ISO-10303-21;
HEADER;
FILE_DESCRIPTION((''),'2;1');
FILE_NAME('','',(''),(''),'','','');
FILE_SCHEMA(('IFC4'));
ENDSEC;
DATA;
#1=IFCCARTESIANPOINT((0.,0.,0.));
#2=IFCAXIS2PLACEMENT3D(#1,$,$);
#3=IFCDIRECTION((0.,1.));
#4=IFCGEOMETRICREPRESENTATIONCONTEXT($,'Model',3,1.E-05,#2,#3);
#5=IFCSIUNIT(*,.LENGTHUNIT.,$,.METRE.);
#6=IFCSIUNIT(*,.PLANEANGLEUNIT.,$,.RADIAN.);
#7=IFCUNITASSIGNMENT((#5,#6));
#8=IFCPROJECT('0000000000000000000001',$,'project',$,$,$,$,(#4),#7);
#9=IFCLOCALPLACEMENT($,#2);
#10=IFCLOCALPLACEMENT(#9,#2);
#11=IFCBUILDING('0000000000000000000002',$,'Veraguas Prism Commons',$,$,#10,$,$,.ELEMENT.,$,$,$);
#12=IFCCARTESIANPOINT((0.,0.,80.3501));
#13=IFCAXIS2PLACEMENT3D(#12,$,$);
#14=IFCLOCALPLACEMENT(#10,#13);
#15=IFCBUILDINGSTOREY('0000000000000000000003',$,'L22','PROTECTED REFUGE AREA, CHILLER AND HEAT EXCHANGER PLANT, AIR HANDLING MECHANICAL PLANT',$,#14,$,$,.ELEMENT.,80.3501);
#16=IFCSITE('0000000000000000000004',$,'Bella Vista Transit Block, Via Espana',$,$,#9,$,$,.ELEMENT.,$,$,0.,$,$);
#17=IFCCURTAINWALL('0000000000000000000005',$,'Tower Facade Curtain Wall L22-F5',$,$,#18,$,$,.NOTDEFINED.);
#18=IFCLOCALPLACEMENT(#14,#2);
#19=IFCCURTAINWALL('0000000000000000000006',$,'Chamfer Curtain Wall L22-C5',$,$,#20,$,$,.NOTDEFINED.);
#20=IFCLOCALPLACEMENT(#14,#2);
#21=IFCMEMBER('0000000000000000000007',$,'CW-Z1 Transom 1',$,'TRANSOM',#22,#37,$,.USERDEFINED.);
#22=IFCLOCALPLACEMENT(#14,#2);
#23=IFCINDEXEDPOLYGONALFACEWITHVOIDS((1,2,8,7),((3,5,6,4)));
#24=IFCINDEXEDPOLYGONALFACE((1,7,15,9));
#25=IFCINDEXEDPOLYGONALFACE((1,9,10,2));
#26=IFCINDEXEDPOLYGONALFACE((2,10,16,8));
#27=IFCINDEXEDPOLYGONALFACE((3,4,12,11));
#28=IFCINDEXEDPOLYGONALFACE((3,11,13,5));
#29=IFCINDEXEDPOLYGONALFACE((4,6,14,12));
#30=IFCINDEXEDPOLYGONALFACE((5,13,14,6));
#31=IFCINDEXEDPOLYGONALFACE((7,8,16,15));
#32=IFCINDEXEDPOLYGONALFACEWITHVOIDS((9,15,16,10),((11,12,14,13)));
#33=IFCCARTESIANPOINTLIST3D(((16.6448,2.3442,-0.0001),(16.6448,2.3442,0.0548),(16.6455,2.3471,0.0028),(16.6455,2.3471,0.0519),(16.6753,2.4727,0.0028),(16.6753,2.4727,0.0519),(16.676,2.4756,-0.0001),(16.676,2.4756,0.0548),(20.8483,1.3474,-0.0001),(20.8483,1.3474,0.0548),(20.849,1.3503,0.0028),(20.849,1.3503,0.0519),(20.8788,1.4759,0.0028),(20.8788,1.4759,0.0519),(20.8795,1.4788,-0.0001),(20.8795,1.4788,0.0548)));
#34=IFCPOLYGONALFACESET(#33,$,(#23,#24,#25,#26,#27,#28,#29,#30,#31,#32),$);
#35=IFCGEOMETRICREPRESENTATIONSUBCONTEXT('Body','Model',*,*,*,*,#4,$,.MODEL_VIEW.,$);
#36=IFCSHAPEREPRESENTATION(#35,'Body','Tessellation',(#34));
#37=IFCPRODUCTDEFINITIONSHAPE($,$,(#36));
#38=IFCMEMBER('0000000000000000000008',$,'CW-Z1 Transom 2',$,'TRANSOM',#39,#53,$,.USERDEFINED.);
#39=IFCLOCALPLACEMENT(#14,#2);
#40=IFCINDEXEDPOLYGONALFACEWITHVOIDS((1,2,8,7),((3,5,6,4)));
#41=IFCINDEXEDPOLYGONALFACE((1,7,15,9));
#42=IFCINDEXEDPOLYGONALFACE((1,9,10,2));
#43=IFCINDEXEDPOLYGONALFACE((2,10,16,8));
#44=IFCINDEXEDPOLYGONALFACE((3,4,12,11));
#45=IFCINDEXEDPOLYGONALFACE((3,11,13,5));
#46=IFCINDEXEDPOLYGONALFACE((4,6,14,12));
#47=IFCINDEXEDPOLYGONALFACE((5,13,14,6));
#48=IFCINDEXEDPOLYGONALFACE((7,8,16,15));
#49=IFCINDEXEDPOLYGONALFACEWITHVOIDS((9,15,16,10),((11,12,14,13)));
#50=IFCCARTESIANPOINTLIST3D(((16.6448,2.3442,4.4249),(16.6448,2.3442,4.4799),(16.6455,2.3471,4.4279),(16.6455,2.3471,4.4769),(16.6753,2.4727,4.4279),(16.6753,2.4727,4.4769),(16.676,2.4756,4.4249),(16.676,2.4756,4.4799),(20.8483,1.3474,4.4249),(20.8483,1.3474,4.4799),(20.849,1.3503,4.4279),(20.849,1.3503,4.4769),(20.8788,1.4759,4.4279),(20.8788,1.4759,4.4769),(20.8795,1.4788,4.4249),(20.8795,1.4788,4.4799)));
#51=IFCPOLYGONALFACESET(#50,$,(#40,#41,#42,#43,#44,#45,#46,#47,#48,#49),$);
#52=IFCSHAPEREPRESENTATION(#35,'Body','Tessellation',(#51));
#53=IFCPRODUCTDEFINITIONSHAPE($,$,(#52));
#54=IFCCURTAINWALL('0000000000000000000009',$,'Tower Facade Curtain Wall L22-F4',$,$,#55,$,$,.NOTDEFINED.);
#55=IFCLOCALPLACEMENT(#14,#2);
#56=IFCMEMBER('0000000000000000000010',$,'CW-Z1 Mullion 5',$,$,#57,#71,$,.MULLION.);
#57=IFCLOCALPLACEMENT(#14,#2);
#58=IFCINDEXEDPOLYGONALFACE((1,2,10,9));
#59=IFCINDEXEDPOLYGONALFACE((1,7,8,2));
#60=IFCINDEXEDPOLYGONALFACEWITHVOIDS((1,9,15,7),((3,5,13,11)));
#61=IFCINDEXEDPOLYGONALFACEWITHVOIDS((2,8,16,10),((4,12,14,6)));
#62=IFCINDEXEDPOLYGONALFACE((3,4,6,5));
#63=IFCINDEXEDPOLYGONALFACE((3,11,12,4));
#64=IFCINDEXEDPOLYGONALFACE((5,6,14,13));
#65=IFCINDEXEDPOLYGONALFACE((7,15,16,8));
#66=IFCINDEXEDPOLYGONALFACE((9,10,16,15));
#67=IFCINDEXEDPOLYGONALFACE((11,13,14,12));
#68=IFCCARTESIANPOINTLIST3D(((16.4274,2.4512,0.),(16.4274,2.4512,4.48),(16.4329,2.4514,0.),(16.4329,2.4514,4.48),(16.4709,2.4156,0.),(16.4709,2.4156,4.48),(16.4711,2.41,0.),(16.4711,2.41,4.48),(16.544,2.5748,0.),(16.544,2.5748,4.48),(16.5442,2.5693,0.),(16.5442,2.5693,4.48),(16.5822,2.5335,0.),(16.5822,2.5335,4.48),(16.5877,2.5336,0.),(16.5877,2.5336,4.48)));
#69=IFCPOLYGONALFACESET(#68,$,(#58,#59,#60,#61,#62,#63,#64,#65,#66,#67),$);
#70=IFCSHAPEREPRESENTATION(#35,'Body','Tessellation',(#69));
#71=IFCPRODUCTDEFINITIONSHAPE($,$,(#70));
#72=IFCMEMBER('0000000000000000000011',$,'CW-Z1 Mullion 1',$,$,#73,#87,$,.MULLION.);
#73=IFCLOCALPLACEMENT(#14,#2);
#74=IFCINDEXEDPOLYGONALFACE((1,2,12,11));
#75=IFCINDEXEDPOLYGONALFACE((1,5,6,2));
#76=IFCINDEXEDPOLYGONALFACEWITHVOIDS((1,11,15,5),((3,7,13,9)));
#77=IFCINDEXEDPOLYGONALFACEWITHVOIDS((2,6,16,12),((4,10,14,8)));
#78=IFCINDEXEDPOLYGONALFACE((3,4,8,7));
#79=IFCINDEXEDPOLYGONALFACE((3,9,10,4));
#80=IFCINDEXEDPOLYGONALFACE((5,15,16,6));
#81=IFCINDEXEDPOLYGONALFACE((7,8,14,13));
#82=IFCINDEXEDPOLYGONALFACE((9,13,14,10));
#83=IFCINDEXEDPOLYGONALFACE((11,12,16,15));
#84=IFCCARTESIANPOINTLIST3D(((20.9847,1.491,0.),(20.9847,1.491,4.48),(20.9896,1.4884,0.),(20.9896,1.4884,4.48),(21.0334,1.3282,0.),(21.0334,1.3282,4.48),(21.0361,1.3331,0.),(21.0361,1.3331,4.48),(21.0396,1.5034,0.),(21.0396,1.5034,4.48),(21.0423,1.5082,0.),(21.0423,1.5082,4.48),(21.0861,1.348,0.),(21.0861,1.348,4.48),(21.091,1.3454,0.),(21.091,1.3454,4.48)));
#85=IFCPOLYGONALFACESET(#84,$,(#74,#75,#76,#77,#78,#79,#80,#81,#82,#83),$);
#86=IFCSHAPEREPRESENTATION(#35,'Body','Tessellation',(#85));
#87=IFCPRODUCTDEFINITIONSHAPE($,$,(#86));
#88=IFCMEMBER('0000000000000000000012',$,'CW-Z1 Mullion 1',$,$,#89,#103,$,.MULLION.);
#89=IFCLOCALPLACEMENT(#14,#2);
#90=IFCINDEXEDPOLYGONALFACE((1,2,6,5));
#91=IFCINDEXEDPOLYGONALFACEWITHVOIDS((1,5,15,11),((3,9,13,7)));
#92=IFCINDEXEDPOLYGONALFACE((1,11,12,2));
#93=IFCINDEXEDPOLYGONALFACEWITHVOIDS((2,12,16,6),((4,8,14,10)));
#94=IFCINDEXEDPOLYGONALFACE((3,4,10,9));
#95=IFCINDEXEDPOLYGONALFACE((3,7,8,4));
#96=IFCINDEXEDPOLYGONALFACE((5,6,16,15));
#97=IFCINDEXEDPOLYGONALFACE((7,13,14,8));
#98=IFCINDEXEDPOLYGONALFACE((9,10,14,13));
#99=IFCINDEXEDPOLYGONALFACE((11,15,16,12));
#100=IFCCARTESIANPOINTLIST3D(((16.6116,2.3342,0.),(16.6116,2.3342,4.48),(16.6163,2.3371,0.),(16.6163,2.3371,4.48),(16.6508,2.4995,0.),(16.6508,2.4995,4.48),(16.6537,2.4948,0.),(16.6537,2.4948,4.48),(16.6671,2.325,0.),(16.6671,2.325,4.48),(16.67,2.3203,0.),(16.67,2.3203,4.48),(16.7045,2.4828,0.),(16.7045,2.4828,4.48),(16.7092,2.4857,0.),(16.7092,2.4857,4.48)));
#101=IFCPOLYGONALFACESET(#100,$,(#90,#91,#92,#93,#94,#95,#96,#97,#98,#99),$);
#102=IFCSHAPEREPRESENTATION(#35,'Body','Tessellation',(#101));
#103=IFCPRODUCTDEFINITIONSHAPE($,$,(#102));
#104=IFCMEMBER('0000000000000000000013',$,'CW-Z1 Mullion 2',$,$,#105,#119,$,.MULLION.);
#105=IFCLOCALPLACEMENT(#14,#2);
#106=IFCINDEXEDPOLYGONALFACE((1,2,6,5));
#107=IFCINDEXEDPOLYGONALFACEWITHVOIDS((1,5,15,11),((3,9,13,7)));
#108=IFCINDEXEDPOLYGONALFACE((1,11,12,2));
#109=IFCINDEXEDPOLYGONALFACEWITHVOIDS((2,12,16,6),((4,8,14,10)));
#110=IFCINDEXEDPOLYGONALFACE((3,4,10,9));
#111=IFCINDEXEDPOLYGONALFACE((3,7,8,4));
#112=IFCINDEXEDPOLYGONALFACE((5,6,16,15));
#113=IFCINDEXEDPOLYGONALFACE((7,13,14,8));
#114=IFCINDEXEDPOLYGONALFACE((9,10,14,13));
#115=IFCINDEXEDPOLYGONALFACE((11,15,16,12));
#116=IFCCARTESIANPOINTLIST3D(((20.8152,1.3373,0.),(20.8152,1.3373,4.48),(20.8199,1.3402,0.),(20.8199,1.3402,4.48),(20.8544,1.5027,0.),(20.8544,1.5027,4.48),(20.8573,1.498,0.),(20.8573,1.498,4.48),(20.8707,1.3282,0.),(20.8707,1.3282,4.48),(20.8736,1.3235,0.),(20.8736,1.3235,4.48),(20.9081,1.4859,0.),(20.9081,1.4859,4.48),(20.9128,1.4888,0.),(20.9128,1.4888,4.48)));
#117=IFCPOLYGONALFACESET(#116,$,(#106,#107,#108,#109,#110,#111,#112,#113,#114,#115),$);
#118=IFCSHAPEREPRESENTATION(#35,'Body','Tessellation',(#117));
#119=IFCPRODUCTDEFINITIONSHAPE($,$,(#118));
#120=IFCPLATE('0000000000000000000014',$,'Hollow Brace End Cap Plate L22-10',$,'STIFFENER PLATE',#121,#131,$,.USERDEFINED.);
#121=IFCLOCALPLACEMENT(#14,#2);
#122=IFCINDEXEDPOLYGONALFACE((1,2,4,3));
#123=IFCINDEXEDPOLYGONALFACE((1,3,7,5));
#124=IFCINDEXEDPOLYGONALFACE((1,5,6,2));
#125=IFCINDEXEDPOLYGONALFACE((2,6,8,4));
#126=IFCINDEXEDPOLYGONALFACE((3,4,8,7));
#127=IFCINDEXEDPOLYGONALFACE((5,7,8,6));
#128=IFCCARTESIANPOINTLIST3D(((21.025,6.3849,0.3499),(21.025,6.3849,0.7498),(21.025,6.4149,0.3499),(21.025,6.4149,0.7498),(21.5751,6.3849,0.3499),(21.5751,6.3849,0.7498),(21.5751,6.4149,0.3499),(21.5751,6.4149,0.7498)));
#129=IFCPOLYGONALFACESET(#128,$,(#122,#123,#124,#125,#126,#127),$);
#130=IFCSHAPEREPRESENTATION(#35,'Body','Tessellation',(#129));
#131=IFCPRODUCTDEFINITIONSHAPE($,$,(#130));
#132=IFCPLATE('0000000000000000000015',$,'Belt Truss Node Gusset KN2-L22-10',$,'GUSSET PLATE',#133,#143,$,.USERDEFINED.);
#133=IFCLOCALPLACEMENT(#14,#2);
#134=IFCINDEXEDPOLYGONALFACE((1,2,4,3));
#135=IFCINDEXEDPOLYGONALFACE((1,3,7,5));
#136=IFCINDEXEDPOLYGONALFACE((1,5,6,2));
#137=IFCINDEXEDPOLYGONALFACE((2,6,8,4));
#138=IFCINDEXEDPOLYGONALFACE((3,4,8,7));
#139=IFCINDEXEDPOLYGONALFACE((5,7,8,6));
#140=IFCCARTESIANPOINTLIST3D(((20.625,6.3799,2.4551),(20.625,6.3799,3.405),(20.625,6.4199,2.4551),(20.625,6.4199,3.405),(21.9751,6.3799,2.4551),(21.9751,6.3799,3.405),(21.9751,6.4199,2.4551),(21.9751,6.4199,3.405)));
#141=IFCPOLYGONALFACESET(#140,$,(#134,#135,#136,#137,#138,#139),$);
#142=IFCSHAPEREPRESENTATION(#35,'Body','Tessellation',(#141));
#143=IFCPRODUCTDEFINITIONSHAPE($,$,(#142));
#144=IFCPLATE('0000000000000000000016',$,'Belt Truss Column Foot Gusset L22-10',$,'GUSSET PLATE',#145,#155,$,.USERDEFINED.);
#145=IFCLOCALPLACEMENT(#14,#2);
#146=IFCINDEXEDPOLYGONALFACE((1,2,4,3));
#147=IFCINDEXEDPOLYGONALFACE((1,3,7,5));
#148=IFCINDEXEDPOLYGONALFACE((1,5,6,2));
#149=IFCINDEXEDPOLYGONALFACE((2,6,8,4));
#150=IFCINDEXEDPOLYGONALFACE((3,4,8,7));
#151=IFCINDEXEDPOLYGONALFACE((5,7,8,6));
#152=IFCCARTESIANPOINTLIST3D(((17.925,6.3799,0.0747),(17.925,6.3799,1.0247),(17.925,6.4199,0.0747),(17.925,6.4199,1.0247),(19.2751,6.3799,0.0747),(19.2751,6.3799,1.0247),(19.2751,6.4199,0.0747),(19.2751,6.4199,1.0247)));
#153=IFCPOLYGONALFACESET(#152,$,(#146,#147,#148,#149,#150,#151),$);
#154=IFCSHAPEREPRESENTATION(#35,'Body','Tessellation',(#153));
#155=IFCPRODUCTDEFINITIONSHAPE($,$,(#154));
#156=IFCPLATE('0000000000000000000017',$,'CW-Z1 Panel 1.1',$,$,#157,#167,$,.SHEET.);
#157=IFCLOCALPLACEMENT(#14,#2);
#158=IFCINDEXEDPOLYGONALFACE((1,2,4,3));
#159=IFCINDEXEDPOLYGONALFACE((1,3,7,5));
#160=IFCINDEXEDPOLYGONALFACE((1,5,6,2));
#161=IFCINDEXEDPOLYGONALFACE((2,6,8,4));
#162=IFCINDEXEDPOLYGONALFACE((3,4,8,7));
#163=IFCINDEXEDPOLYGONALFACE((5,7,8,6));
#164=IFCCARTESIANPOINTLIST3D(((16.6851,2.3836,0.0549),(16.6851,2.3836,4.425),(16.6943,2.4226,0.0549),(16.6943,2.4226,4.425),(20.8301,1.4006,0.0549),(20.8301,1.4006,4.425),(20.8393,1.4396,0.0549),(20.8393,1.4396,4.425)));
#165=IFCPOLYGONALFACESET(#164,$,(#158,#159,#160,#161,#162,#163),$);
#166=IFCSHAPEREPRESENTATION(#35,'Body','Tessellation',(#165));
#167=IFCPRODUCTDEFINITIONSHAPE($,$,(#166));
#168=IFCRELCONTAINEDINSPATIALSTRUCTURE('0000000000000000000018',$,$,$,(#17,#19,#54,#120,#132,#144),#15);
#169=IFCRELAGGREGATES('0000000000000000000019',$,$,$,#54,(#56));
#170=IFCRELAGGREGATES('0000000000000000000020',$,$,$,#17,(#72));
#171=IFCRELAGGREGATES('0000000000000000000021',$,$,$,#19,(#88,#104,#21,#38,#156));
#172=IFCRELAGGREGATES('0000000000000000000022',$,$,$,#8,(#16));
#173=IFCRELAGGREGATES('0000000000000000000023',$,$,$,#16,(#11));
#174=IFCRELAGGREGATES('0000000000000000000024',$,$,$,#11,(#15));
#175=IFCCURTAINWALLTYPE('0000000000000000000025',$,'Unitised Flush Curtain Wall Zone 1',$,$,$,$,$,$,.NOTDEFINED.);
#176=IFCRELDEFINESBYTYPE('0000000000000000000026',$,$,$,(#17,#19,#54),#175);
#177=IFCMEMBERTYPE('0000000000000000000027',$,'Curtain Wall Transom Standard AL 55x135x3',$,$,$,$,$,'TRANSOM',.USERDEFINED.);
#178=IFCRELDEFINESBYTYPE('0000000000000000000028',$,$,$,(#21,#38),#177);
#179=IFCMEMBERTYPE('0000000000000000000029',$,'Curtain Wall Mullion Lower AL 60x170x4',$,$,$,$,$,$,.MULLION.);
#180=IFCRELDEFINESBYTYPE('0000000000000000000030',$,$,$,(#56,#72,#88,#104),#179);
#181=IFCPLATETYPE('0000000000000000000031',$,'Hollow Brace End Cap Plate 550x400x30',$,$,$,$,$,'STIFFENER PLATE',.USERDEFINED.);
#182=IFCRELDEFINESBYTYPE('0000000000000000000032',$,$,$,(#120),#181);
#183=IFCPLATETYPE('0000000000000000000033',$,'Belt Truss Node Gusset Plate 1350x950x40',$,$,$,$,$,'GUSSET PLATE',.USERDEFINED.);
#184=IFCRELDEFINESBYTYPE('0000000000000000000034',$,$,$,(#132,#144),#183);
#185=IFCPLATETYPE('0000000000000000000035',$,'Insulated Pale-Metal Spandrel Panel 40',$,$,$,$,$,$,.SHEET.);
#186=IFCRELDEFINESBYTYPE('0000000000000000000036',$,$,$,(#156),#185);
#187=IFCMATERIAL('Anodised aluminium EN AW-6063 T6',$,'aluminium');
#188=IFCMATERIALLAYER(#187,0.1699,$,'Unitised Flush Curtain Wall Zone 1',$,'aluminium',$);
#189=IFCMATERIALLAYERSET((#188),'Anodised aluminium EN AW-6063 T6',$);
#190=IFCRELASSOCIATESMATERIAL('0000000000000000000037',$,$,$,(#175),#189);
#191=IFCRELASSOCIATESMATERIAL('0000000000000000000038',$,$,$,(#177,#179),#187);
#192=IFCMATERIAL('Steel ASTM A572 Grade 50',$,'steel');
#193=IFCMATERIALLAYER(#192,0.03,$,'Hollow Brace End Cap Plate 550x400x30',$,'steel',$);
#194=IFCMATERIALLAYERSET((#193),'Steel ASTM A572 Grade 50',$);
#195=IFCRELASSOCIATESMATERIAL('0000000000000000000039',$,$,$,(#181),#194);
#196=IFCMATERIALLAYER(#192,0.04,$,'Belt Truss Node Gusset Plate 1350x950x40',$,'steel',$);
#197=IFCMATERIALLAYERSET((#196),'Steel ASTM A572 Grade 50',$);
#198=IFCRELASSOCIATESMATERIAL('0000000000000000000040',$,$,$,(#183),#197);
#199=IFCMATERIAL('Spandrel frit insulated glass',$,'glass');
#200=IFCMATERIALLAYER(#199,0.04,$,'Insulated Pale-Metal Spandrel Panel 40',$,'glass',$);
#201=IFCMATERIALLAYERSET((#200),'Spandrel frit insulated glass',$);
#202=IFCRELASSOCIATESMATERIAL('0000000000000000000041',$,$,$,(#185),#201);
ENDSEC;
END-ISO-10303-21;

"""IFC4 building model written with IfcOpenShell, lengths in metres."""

from ifc_helpers import new_model, si_unit, direction, frame, origin, origin_2d, place, context, subcontext, project, spatial, rectangle, hollow_rectangle, extrude, source, transform, mapped, material, layer, layer_set, material_profile, profile_set, type_object, element, aggregate, save


model = new_model("IFC4")

# Units and contexts
model_context = context("Model", 3, precision=1e-05, world=origin(), true_north=direction((0.0, 1.0)))
body_context = subcontext(model_context, "Body", "Model", "MODEL_VIEW")
ifc_project = project(units=[si_unit("LENGTHUNIT", "METRE"), si_unit("PLANEANGLEUNIT", "RADIAN")], contexts=[model_context])

# Site, building, storey
site_placement = place(None, origin())
site = spatial("IfcSite", under=ifc_project, at=site_placement, Name="Bella Vista Transit Block, Via Espana", CompositionType="ELEMENT", RefElevation=0.0)
building_placement = place(site_placement, origin())
building = spatial("IfcBuilding", under=site, at=building_placement, Name="Veraguas Prism Commons", CompositionType="ELEMENT")
storey_placement = place(building_placement, frame((0.0, 0.0, 80.3501)))
storey = spatial("IfcBuildingStorey", under=building, at=storey_placement, Name="L22", Description="PROTECTED REFUGE AREA, CHILLER AND HEAT EXCHANGER PLANT, AIR HANDLING MECHANICAL PLANT", CompositionType="ELEMENT", Elevation=80.3501)

# Shared definitions
ifc_material_1 = material(Name="Steel ASTM A572 Grade 50", Category="steel")

# Curtain walls, members
ifc_material_2 = material(Name="Anodised aluminium EN AW-6063 T6", Category="aluminium")
ifc_layer_1 = layer(ifc_material_2, 0.1699, Name="Unitised Flush Curtain Wall Zone 1", Category="aluminium")
ifc_layer_set_1 = layer_set([ifc_layer_1], Name="Anodised aluminium EN AW-6063 T6")
curtain_wall_type = type_object("IfcCurtainWallType", Name="Unitised Flush Curtain Wall Zone 1", PredefinedType="NOTDEFINED", material=ifc_layer_set_1)
curtain_wall_1_placement = place(storey_placement, origin())
curtain_wall_1 = element("IfcCurtainWall", 1, at=curtain_wall_1_placement, inside=storey, type_object=curtain_wall_type, Name="Tower Facade Curtain Wall L22-F5", PredefinedType="NOTDEFINED")
ifc_material_profile_1 = material_profile(ifc_material_2, hollow_rectangle(XDim=0.0549, YDim=0.135, WallThickness=0.0029, at=origin_2d()), Name="AL55X135X3")
ifc_profile_set_1 = profile_set([ifc_material_profile_1], Name="Anodised aluminium EN AW-6063 T6")
member_type_1 = type_object("IfcMemberType", Name="Curtain Wall Transom Standard AL 55x135x3", ElementType="TRANSOM", PredefinedType="USERDEFINED", material=ifc_profile_set_1)
curtain_wall_2_placement = place(storey_placement, origin())
curtain_wall_2 = element("IfcCurtainWall", 2, at=curtain_wall_2_placement, inside=storey, type_object=curtain_wall_type, Name="Chamfer Curtain Wall L22-C5", PredefinedType="NOTDEFINED")
shared_shape_1 = source(origin(), body_context, "Body", "SweptSolid", [
    extrude(hollow_rectangle(XDim=0.0549, YDim=0.135, WallThickness=0.0029, at=origin_2d()), origin(), (0.0, 0.0, 1.0), 4.3201),
])
member_1_placement = place(storey_placement, frame((16.6604, 2.4099, 0.0273), z_axis=(0.973016, -0.230737, 0.0), x_axis=(0.0, 0.0, 1.0)))
member_1 = element("IfcMember", 3, at=member_1_placement, type_object=member_type_1, Name="CW-Z1 Transom 1", ObjectType="TRANSOM", PredefinedType="USERDEFINED", context=body_context, shape_type="MappedRepresentation", body=[
    mapped(shared_shape_1, transform((0.0, 0.0, 0.0), scale=1.0)),
])
member_2_placement = place(storey_placement, frame((16.6604, 2.4099, 4.4524), z_axis=(0.973016, -0.230737, 0.0), x_axis=(0.0, 0.0, 1.0)))
member_2 = element("IfcMember", 4, at=member_2_placement, type_object=member_type_1, Name="CW-Z1 Transom 2", ObjectType="TRANSOM", PredefinedType="USERDEFINED", context=body_context, shape_type="MappedRepresentation", body=[
    mapped(shared_shape_1, transform((0.0, 0.0, 0.0), scale=1.0)),
])

# Curtain wall, member
curtain_wall_3_placement = place(storey_placement, origin())
curtain_wall_3 = element("IfcCurtainWall", 5, at=curtain_wall_3_placement, inside=storey, type_object=curtain_wall_type, Name="Tower Facade Curtain Wall L22-F4", PredefinedType="NOTDEFINED")
ifc_material_profile_2 = material_profile(ifc_material_2, hollow_rectangle(XDim=0.0601, YDim=0.1699, WallThickness=0.0039, at=origin_2d()), Name="AL60X170X4")
ifc_profile_set_2 = profile_set([ifc_material_profile_2], Name="Anodised aluminium EN AW-6063 T6")
member_type_2 = type_object("IfcMemberType", Name="Curtain Wall Mullion Lower AL 60x170x4", PredefinedType="MULLION", material=ifc_profile_set_2)
shared_shape_2 = source(origin(), body_context, "Body", "SweptSolid", [
    extrude(hollow_rectangle(XDim=0.0601, YDim=0.1699, WallThickness=0.0039, at=origin_2d()), origin(), (0.0, 0.0, 1.0), 4.48),
])
member_3_placement = place(storey_placement, frame((16.5076, 2.4924, 0.0), z_axis=(0.0, 0.0, 1.0), x_axis=(0.727295, -0.686325, 0.0)))
member_3 = element("IfcMember", 6, at=member_3_placement, type_object=member_type_2, Name="CW-Z1 Mullion 5", PredefinedType="MULLION", context=body_context, shape_type="MappedRepresentation", body=[
    mapped(shared_shape_2, transform((0.0, 0.0, 0.0), scale=1.0)),
])
aggregate(curtain_wall_3, [member_3])

# Members
member_4_placement = place(storey_placement, frame((21.0378, 1.4182, 0.0), z_axis=(0.0, 0.0, 1.0), x_axis=(0.958023, 0.286692, 0.0)))
member_4 = element("IfcMember", 7, at=member_4_placement, type_object=member_type_2, Name="CW-Z1 Mullion 1", PredefinedType="MULLION", context=body_context, shape_type="MappedRepresentation", body=[
    mapped(shared_shape_2, transform((0.0, 0.0, 0.0), scale=1.0)),
])
aggregate(curtain_wall_1, [member_4])
member_5_placement = place(storey_placement, frame((16.6604, 2.4099, 0.0), z_axis=(0.0, 0.0, 1.0), x_axis=(0.973012, -0.230753, 0.0)))
member_5 = element("IfcMember", 8, at=member_5_placement, type_object=member_type_2, Name="CW-Z1 Mullion 1", PredefinedType="MULLION", context=body_context, shape_type="MappedRepresentation", body=[
    mapped(shared_shape_2, transform((0.0, 0.0, 0.0), scale=1.0)),
])
member_6_placement = place(storey_placement, frame((20.864, 1.4131, 0.0), z_axis=(0.0, 0.0, 1.0), x_axis=(0.973012, -0.230753, 0.0)))
member_6 = element("IfcMember", 9, at=member_6_placement, type_object=member_type_2, Name="CW-Z1 Mullion 2", PredefinedType="MULLION", context=body_context, shape_type="MappedRepresentation", body=[
    mapped(shared_shape_2, transform((0.0, 0.0, 0.0), scale=1.0)),
])

# Plates
ifc_layer_2 = layer(ifc_material_1, 0.03, Name="Hollow Brace End Cap Plate 550x400x30", Category="steel")
ifc_layer_set_2 = layer_set([ifc_layer_2], Name="Steel ASTM A572 Grade 50")
plate_type_1 = type_object("IfcPlateType", Name="Hollow Brace End Cap Plate 550x400x30", ElementType="STIFFENER PLATE", PredefinedType="USERDEFINED", material=ifc_layer_set_2)
shared_shape_3 = source(origin(), body_context, "Body", "SweptSolid", [
    extrude(rectangle(XDim=0.55, YDim=0.03, at=origin_2d()), origin(), (0.0, 0.0, 1.0), 0.3999),
])
plate_1_placement = place(storey_placement, frame((21.3, 6.3999, 0.3499), z_axis=(0.0, 0.0, 1.0), x_axis=(1.0, 0.0, 0.0)))
element("IfcPlate", 10, at=plate_1_placement, inside=storey, type_object=plate_type_1, Name="Hollow Brace End Cap Plate L22-10", ObjectType="STIFFENER PLATE", PredefinedType="USERDEFINED", context=body_context, shape_type="MappedRepresentation", body=[
    mapped(shared_shape_3, transform((0.0, 0.0, 0.0), scale=1.0)),
])
ifc_layer_3 = layer(ifc_material_1, 0.04, Name="Belt Truss Node Gusset Plate 1350x950x40", Category="steel")
ifc_layer_set_3 = layer_set([ifc_layer_3], Name="Steel ASTM A572 Grade 50")
plate_type_2 = type_object("IfcPlateType", Name="Belt Truss Node Gusset Plate 1350x950x40", ElementType="GUSSET PLATE", PredefinedType="USERDEFINED", material=ifc_layer_set_3)
shared_shape_4 = source(origin(), body_context, "Body", "SweptSolid", [
    extrude(rectangle(XDim=1.3501, YDim=0.04, at=origin_2d()), origin(), (0.0, 0.0, 1.0), 0.95),
])
for number, where, z_axis, x_axis, name in (
    (11, (21.3, 6.3999, 2.4551), (0.0, 0.0, 1.0), (1.0, 0.0, 0.0), "Belt Truss Node Gusset KN2-L22-10"),
    (12, (18.6001, 6.3999, 0.0747), (0.0, 0.0, 1.0), (1.0, 0.0, 0.0), "Belt Truss Column Foot Gusset L22-10"),
):
    element("IfcPlate", number, at=place(storey_placement, frame(where, z_axis=z_axis, x_axis=x_axis)), inside=storey, type_object=plate_type_2, Name=name, ObjectType="GUSSET PLATE", PredefinedType="USERDEFINED", context=body_context, shape_type="MappedRepresentation", body=[
        mapped(shared_shape_4, transform((0.0, 0.0, 0.0), scale=1.0)),
    ])

# Plate
ifc_material_3 = material(Name="Spandrel frit insulated glass", Category="glass")
ifc_layer_4 = layer(ifc_material_3, 0.04, Name="Insulated Pale-Metal Spandrel Panel 40", Category="glass")
ifc_layer_set_4 = layer_set([ifc_layer_4], Name="Spandrel frit insulated glass")
plate_type_3 = type_object("IfcPlateType", Name="Insulated Pale-Metal Spandrel Panel 40", PredefinedType="SHEET", material=ifc_layer_set_4)
shared_shape_5 = source(origin(), body_context, "Body", "SweptSolid", [
    extrude(rectangle(XDim=4.26, YDim=0.04, at=origin_2d()), origin(), (0.0, 0.0, 1.0), 4.3701),
])
plate_2_placement = place(storey_placement, frame((18.7622, 1.9116, 0.0549), z_axis=(0.0, 0.0, 1.0), x_axis=(0.973012, -0.230753, 0.0)))
plate_2 = element("IfcPlate", 13, at=plate_2_placement, type_object=plate_type_3, Name="CW-Z1 Panel 1.1", PredefinedType="SHEET", context=body_context, shape_type="MappedRepresentation", body=[
    mapped(shared_shape_5, transform((0.0, 0.0, 0.0), scale=1.0)),
])
aggregate(curtain_wall_2, [member_5, member_6, member_1, member_2, plate_2])

save(model, "model.ifc")
